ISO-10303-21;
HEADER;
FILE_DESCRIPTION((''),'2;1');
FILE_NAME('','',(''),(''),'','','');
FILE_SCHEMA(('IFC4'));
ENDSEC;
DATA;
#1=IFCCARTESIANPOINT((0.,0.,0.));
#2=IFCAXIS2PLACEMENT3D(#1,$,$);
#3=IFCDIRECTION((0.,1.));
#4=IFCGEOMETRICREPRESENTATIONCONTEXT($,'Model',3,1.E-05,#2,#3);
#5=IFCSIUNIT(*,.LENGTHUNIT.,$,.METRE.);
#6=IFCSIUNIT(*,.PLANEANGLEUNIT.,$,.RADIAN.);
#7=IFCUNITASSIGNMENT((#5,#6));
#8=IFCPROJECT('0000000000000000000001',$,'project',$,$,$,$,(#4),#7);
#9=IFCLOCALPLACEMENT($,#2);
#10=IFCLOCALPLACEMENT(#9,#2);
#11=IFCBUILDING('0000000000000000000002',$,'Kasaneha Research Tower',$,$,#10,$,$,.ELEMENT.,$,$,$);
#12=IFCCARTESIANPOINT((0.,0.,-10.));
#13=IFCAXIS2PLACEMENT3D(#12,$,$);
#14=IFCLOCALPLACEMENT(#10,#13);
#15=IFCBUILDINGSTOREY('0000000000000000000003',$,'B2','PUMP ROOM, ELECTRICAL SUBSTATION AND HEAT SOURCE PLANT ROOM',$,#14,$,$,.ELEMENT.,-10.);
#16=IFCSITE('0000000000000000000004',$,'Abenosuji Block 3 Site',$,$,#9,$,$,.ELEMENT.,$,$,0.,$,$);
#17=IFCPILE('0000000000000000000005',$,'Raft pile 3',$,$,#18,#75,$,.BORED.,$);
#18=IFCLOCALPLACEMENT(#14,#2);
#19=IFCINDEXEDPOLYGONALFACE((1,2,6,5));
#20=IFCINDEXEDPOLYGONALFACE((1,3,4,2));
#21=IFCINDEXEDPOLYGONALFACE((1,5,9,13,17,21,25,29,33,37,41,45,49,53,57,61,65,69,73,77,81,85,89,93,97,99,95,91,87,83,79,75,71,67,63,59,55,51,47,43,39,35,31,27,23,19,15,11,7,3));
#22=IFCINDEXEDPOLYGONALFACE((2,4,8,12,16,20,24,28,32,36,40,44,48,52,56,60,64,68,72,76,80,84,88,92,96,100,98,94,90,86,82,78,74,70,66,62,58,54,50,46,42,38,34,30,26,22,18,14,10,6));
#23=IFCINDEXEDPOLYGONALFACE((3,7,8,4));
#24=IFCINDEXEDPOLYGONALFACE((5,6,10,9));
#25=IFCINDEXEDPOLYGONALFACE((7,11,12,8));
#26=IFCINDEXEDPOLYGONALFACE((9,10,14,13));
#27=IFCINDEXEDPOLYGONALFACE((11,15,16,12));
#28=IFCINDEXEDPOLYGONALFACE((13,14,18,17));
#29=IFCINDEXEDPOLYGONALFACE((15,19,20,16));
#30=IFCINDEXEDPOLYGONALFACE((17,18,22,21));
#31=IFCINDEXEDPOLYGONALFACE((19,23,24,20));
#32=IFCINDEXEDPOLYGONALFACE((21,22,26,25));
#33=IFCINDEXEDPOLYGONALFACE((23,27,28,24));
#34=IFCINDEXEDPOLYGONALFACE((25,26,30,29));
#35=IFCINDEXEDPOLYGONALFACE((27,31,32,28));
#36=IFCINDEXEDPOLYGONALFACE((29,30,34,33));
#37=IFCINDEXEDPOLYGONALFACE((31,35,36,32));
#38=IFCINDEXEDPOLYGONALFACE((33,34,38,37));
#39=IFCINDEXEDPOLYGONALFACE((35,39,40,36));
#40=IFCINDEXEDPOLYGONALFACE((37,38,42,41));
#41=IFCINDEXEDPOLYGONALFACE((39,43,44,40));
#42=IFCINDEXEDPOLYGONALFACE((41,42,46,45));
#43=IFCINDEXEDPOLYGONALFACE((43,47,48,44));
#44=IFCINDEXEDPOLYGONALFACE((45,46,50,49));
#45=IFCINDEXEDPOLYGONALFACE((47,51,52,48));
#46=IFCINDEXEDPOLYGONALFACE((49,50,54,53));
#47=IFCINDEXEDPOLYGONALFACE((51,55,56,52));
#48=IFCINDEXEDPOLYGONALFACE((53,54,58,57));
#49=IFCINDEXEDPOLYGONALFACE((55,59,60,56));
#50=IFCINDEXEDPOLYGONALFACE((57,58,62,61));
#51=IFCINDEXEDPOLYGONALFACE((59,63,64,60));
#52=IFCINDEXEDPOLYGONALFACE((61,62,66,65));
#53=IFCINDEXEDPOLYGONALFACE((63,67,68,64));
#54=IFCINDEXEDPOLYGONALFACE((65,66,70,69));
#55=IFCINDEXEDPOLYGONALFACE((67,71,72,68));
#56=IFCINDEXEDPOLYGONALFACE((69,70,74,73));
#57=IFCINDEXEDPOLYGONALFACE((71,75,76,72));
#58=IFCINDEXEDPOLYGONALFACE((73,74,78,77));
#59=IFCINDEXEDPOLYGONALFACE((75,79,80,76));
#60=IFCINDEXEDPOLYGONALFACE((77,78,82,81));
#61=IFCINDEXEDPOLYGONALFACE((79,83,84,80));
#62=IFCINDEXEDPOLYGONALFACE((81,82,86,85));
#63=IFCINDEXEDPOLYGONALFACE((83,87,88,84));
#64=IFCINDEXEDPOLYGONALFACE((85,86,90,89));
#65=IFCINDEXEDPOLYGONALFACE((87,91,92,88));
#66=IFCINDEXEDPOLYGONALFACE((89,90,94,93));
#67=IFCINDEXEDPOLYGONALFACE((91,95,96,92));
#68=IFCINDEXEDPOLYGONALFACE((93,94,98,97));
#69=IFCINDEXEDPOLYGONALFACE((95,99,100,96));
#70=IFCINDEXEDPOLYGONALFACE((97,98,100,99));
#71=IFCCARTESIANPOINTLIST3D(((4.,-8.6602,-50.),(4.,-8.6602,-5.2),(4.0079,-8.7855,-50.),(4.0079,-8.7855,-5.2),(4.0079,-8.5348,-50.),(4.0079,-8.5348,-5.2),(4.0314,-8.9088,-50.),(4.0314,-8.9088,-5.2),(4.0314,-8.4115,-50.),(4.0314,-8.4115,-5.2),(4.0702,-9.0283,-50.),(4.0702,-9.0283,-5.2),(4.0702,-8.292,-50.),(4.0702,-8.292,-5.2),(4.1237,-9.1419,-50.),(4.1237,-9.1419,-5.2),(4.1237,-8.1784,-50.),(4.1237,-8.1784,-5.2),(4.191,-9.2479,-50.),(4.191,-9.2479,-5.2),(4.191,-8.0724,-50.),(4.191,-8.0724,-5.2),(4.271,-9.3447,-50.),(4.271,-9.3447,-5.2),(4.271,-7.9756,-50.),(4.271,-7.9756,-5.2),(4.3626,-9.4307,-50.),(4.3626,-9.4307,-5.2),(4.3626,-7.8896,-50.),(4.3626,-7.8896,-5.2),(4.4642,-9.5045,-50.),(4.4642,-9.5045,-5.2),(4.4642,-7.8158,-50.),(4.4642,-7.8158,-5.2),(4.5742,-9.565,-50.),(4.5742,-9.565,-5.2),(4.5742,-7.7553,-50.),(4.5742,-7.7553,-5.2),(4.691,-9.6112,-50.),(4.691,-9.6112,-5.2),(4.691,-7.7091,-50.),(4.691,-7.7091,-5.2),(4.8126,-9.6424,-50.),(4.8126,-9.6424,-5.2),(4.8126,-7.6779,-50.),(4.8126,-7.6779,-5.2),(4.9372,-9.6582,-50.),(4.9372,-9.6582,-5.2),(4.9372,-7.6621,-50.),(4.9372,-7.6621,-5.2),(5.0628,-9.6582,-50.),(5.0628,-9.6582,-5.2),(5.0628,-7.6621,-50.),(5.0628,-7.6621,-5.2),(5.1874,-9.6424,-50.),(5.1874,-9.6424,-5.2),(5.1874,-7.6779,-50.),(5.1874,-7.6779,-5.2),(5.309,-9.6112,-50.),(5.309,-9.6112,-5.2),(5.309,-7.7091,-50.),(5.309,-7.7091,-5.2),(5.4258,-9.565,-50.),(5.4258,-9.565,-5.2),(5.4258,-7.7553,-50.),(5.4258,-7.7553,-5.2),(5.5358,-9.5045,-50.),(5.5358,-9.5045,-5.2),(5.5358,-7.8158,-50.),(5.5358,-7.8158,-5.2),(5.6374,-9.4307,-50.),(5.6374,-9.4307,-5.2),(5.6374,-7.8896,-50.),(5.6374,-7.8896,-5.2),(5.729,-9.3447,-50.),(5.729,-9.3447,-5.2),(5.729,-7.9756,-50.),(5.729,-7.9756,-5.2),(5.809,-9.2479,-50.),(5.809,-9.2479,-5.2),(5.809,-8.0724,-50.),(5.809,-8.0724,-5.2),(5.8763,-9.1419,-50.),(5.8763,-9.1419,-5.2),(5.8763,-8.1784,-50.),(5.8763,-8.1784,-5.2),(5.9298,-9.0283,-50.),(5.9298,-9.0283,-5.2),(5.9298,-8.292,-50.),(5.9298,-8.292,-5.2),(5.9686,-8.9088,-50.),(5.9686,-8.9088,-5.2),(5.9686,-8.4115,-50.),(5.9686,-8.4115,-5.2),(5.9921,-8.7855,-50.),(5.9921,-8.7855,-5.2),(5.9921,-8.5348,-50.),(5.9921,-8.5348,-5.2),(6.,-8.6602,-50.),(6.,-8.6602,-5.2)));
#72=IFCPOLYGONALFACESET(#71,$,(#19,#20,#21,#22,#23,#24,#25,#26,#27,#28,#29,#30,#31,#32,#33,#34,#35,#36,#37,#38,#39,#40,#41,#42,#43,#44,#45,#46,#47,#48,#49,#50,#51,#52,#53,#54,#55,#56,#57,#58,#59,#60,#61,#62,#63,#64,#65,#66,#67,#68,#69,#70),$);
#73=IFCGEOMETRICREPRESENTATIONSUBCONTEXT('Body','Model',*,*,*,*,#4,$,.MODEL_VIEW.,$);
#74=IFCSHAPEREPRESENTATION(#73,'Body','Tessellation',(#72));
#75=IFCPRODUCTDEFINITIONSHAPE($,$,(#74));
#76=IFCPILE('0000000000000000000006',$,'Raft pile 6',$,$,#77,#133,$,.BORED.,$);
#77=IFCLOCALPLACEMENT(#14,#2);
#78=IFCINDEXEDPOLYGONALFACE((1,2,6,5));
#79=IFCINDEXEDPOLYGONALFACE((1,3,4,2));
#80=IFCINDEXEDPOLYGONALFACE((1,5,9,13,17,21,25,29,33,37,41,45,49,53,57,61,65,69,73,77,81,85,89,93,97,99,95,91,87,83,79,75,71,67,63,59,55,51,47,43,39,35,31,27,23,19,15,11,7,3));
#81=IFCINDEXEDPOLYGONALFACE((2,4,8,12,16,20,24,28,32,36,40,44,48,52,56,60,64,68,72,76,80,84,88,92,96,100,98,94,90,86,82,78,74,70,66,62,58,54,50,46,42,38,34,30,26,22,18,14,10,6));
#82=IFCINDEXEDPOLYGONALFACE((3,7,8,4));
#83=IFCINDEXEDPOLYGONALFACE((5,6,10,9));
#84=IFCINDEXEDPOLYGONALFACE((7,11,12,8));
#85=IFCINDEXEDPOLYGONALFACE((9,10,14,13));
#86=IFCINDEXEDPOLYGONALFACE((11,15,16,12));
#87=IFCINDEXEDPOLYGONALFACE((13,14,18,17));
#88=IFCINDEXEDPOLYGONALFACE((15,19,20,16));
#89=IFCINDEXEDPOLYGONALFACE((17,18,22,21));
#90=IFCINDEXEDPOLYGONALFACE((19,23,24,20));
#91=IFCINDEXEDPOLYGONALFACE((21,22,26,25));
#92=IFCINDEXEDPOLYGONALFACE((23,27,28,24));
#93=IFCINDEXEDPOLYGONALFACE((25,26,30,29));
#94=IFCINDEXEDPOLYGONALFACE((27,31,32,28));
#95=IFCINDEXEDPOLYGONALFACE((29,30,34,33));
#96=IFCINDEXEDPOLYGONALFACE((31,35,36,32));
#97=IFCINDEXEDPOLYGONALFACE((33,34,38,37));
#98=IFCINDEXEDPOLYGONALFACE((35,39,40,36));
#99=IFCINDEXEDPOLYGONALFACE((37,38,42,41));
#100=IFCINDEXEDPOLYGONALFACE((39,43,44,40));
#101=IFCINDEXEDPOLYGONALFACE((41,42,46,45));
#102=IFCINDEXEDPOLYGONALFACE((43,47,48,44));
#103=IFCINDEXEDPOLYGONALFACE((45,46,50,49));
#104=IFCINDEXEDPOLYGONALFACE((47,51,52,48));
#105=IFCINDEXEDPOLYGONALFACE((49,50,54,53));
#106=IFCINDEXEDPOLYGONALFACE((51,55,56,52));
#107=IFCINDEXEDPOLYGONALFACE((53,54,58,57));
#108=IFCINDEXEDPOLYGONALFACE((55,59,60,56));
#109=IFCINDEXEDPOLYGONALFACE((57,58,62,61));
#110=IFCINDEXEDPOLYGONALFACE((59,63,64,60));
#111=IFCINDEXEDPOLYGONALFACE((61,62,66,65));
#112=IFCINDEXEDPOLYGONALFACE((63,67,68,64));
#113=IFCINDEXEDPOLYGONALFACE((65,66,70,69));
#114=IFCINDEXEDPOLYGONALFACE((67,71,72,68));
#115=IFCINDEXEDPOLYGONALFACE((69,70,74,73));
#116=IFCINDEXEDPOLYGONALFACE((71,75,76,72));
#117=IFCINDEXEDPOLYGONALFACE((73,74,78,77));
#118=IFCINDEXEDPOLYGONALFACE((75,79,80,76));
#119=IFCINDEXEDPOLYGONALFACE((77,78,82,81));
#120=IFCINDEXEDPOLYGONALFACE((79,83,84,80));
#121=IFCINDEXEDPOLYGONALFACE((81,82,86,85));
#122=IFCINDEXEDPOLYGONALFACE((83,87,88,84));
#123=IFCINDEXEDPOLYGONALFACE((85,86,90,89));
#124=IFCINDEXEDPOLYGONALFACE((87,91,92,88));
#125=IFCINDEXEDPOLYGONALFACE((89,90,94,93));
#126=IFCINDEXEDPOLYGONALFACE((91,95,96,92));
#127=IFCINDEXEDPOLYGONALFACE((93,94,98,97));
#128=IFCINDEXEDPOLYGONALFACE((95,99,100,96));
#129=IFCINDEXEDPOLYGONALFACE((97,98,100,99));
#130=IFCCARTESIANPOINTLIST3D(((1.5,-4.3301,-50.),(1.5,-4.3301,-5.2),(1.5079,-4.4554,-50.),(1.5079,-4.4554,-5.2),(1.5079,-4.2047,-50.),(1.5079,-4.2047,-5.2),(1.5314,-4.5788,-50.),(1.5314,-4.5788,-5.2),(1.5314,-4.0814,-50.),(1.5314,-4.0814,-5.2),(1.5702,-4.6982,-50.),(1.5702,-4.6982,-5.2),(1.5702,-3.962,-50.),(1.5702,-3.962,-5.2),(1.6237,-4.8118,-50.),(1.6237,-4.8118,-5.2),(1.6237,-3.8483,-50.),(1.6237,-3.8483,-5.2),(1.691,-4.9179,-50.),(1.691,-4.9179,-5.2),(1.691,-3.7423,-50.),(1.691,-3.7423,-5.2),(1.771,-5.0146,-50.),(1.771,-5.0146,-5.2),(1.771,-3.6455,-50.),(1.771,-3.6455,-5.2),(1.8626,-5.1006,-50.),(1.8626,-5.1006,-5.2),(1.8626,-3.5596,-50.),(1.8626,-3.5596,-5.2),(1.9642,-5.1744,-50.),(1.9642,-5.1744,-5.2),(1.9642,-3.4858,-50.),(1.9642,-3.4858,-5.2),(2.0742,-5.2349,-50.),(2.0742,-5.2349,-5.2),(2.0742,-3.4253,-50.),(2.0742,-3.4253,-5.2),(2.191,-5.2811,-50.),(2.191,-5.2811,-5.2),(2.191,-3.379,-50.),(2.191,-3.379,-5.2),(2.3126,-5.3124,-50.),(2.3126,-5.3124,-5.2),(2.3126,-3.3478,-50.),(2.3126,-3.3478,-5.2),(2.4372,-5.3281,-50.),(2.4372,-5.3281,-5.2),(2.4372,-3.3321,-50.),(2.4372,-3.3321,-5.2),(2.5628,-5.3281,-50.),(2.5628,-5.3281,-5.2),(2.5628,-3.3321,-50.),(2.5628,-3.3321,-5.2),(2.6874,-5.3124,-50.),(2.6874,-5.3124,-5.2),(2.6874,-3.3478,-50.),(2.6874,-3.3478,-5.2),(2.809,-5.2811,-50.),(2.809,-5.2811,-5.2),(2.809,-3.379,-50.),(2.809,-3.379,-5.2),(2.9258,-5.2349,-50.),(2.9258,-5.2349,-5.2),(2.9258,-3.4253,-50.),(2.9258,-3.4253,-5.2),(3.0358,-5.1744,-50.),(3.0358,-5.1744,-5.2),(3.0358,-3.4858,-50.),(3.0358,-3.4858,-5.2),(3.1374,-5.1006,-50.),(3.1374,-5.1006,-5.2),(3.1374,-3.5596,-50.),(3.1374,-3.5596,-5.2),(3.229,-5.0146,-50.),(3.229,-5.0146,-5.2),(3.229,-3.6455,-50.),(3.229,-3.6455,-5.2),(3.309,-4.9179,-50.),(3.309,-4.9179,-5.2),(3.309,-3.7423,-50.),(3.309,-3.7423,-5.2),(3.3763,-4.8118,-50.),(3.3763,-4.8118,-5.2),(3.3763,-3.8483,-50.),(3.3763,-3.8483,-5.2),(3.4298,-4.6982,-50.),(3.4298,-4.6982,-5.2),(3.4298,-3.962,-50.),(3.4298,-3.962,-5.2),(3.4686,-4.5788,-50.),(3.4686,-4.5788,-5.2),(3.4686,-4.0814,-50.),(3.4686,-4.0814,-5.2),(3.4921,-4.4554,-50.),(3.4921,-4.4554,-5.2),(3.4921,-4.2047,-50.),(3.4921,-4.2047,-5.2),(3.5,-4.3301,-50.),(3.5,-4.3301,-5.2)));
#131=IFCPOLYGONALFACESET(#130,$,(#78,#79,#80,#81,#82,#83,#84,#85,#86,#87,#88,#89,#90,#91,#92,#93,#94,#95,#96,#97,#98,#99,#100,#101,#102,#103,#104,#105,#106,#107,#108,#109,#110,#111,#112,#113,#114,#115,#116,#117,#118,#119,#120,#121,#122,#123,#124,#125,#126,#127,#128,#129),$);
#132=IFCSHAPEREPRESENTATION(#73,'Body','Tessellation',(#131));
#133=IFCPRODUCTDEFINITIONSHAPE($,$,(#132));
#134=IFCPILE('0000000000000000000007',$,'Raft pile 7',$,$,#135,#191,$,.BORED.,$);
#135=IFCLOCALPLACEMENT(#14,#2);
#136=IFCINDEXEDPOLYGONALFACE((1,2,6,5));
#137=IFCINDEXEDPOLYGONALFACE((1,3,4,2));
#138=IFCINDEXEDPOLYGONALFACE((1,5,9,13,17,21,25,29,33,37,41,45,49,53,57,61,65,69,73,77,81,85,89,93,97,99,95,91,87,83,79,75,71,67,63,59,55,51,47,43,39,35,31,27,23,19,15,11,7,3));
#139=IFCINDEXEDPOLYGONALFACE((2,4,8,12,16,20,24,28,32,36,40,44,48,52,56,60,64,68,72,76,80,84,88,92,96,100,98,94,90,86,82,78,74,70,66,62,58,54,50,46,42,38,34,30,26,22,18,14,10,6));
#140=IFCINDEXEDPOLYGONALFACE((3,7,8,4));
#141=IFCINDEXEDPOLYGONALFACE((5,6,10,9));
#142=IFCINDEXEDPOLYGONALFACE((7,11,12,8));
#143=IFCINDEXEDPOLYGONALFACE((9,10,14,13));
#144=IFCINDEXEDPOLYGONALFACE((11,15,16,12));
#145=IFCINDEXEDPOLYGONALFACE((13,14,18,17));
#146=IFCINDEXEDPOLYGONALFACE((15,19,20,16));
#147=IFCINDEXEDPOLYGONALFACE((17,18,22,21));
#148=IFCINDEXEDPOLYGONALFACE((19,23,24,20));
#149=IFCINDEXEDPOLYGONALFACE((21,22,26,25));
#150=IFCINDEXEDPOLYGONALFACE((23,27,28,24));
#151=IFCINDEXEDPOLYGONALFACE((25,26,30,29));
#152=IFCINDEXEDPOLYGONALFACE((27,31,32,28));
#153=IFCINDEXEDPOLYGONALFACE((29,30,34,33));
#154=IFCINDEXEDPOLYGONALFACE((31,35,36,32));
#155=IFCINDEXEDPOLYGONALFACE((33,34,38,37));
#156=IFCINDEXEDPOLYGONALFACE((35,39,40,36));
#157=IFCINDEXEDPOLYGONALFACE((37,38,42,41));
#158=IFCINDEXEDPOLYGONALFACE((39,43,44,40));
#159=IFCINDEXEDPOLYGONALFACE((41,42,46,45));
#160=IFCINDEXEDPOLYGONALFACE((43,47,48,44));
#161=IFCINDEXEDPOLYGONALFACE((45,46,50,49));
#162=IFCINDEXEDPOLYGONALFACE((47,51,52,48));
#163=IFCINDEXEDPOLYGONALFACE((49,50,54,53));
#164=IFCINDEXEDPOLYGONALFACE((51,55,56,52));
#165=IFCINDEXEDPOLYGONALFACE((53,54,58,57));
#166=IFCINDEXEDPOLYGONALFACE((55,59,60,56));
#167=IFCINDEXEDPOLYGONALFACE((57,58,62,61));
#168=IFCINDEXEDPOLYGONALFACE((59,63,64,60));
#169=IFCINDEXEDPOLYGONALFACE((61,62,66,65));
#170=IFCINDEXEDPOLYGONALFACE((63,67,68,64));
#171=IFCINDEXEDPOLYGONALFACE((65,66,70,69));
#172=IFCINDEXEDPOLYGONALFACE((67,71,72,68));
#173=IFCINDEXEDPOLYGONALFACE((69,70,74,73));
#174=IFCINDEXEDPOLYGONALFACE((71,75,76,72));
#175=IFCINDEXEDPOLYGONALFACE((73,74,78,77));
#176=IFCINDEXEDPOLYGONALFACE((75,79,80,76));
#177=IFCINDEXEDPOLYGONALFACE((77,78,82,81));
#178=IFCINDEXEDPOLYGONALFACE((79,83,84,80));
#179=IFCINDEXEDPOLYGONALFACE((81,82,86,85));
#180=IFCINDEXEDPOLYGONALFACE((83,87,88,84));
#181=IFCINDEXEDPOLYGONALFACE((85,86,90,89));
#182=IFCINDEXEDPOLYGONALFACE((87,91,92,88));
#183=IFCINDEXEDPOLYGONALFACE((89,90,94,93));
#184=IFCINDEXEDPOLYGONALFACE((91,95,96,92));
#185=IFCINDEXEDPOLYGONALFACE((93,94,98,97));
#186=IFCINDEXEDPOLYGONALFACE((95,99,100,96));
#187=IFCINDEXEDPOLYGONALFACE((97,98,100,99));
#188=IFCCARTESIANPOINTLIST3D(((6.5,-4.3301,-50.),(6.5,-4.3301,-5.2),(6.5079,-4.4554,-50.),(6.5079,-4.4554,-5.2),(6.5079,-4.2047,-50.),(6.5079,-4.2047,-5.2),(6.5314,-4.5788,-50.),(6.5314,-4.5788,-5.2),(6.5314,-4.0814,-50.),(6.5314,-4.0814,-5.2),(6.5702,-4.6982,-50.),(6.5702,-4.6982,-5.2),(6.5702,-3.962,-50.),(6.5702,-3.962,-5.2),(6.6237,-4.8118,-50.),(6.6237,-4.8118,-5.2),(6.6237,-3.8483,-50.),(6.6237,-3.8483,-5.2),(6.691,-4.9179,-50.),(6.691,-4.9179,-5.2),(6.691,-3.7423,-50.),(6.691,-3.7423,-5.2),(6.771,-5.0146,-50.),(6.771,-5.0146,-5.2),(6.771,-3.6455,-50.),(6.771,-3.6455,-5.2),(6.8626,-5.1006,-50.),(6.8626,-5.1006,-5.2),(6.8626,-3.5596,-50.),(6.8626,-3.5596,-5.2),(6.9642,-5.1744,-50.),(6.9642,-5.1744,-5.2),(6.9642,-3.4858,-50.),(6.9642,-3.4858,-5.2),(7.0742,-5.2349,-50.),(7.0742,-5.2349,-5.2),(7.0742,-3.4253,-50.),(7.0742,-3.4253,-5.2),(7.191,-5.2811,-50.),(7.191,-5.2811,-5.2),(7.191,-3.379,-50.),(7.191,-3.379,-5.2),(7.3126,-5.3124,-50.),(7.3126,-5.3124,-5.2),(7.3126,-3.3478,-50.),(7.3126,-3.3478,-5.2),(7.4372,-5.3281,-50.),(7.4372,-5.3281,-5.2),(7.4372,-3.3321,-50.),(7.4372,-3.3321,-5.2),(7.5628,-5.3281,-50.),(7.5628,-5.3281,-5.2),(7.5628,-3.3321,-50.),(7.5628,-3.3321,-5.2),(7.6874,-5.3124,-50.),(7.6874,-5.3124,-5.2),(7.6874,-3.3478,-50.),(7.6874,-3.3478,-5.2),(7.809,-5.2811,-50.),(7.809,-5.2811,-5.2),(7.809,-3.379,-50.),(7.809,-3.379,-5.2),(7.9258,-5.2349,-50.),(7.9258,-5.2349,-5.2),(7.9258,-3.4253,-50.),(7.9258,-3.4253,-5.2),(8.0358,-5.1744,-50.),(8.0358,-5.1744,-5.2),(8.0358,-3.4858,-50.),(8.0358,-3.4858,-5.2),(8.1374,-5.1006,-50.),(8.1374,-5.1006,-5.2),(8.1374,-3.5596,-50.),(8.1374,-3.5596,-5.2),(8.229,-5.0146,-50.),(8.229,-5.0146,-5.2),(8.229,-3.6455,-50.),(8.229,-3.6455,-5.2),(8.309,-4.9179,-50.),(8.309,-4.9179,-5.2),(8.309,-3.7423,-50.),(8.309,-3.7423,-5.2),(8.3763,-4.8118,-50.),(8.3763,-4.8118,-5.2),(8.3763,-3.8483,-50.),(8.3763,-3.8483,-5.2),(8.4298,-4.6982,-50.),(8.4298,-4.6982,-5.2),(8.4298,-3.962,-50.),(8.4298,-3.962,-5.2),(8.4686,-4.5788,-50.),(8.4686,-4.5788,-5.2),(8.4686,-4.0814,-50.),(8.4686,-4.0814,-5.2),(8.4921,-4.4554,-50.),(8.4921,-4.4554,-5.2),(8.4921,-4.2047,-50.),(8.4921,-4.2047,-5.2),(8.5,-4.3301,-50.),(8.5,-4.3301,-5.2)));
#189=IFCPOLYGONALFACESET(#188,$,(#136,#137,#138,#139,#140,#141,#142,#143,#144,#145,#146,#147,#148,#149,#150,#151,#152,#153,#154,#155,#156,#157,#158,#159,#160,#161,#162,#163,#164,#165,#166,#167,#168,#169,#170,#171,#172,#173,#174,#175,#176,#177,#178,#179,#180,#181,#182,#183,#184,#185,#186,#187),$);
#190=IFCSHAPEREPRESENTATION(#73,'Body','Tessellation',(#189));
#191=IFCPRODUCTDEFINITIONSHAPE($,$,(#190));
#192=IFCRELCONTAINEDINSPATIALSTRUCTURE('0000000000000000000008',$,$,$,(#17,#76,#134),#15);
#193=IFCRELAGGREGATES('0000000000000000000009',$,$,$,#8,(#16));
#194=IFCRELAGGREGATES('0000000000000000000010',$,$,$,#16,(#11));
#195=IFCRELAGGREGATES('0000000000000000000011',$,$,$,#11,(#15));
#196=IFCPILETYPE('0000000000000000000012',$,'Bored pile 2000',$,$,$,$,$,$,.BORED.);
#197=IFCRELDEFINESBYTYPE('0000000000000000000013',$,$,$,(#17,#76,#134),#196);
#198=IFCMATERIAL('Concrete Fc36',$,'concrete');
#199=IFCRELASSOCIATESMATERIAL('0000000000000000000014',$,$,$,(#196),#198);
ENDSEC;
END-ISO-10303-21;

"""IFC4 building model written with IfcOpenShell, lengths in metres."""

from ifc_helpers import new_model, si_unit, direction, frame, origin, origin_2d, place, context, subcontext, project, spatial, circle, extrude, material, material_profile, profile_set, type_object, element, save


model = new_model("IFC4")

# Units and contexts
model_context = context("Model", 3, precision=1e-05, world=origin(), true_north=direction((0.0, 1.0)))
body_context = subcontext(model_context, "Body", "Model", "MODEL_VIEW")
ifc_project = project(units=[si_unit("LENGTHUNIT", "METRE"), si_unit("PLANEANGLEUNIT", "RADIAN")], contexts=[model_context])

# Site, building, storey
site_placement = place(None, origin())
site = spatial("IfcSite", under=ifc_project, at=site_placement, Name="Abenosuji Block 3 Site", CompositionType="ELEMENT", RefElevation=0.0)
building_placement = place(site_placement, origin())
building = spatial("IfcBuilding", under=site, at=building_placement, Name="Kasaneha Research Tower", CompositionType="ELEMENT")
storey_placement = place(building_placement, frame((0.0, 0.0, -10.0)))
storey = spatial("IfcBuildingStorey", under=building, at=storey_placement, Name="B2", Description="PUMP ROOM, ELECTRICAL SUBSTATION AND HEAT SOURCE PLANT ROOM", CompositionType="ELEMENT", Elevation=-10.0)

# Piles
ifc_material_1 = material(Name="Concrete Fc36", Category="concrete")
ifc_material_profile_1 = material_profile(ifc_material_1, circle(Radius=1.0, at=origin_2d()), Name="Bored pile 2000")
ifc_profile_set_1 = profile_set([ifc_material_profile_1], Name="Concrete Fc36")
pile_type_1 = type_object("IfcPileType", Name="Bored pile 2000", PredefinedType="BORED", material=ifc_profile_set_1)
for number, where, z_axis, x_axis, name in (
    (1, (5.0, -8.6602, -5.2), (0.0, 0.0, -1.0), (1.0, 0.0, 0.0), "Raft pile 3"),
    (2, (2.5, -4.3301, -5.2), (0.0, 0.0, -1.0), (1.0, 0.0, 0.0), "Raft pile 6"),
    (3, (7.5, -4.3301, -5.2), (0.0, 0.0, -1.0), (1.0, 0.0, 0.0), "Raft pile 7"),
):
    element("IfcPile", number, at=place(storey_placement, frame(where, z_axis=z_axis, x_axis=x_axis)), inside=storey, type_object=pile_type_1, Name=name, PredefinedType="BORED", context=body_context, shape_type="SweptSolid", body=[
        extrude(circle(Radius=1.0, at=origin_2d()), origin(), (0.0, 0.0, 1.0), 44.8),
    ])

save(model, "model.ifc")
